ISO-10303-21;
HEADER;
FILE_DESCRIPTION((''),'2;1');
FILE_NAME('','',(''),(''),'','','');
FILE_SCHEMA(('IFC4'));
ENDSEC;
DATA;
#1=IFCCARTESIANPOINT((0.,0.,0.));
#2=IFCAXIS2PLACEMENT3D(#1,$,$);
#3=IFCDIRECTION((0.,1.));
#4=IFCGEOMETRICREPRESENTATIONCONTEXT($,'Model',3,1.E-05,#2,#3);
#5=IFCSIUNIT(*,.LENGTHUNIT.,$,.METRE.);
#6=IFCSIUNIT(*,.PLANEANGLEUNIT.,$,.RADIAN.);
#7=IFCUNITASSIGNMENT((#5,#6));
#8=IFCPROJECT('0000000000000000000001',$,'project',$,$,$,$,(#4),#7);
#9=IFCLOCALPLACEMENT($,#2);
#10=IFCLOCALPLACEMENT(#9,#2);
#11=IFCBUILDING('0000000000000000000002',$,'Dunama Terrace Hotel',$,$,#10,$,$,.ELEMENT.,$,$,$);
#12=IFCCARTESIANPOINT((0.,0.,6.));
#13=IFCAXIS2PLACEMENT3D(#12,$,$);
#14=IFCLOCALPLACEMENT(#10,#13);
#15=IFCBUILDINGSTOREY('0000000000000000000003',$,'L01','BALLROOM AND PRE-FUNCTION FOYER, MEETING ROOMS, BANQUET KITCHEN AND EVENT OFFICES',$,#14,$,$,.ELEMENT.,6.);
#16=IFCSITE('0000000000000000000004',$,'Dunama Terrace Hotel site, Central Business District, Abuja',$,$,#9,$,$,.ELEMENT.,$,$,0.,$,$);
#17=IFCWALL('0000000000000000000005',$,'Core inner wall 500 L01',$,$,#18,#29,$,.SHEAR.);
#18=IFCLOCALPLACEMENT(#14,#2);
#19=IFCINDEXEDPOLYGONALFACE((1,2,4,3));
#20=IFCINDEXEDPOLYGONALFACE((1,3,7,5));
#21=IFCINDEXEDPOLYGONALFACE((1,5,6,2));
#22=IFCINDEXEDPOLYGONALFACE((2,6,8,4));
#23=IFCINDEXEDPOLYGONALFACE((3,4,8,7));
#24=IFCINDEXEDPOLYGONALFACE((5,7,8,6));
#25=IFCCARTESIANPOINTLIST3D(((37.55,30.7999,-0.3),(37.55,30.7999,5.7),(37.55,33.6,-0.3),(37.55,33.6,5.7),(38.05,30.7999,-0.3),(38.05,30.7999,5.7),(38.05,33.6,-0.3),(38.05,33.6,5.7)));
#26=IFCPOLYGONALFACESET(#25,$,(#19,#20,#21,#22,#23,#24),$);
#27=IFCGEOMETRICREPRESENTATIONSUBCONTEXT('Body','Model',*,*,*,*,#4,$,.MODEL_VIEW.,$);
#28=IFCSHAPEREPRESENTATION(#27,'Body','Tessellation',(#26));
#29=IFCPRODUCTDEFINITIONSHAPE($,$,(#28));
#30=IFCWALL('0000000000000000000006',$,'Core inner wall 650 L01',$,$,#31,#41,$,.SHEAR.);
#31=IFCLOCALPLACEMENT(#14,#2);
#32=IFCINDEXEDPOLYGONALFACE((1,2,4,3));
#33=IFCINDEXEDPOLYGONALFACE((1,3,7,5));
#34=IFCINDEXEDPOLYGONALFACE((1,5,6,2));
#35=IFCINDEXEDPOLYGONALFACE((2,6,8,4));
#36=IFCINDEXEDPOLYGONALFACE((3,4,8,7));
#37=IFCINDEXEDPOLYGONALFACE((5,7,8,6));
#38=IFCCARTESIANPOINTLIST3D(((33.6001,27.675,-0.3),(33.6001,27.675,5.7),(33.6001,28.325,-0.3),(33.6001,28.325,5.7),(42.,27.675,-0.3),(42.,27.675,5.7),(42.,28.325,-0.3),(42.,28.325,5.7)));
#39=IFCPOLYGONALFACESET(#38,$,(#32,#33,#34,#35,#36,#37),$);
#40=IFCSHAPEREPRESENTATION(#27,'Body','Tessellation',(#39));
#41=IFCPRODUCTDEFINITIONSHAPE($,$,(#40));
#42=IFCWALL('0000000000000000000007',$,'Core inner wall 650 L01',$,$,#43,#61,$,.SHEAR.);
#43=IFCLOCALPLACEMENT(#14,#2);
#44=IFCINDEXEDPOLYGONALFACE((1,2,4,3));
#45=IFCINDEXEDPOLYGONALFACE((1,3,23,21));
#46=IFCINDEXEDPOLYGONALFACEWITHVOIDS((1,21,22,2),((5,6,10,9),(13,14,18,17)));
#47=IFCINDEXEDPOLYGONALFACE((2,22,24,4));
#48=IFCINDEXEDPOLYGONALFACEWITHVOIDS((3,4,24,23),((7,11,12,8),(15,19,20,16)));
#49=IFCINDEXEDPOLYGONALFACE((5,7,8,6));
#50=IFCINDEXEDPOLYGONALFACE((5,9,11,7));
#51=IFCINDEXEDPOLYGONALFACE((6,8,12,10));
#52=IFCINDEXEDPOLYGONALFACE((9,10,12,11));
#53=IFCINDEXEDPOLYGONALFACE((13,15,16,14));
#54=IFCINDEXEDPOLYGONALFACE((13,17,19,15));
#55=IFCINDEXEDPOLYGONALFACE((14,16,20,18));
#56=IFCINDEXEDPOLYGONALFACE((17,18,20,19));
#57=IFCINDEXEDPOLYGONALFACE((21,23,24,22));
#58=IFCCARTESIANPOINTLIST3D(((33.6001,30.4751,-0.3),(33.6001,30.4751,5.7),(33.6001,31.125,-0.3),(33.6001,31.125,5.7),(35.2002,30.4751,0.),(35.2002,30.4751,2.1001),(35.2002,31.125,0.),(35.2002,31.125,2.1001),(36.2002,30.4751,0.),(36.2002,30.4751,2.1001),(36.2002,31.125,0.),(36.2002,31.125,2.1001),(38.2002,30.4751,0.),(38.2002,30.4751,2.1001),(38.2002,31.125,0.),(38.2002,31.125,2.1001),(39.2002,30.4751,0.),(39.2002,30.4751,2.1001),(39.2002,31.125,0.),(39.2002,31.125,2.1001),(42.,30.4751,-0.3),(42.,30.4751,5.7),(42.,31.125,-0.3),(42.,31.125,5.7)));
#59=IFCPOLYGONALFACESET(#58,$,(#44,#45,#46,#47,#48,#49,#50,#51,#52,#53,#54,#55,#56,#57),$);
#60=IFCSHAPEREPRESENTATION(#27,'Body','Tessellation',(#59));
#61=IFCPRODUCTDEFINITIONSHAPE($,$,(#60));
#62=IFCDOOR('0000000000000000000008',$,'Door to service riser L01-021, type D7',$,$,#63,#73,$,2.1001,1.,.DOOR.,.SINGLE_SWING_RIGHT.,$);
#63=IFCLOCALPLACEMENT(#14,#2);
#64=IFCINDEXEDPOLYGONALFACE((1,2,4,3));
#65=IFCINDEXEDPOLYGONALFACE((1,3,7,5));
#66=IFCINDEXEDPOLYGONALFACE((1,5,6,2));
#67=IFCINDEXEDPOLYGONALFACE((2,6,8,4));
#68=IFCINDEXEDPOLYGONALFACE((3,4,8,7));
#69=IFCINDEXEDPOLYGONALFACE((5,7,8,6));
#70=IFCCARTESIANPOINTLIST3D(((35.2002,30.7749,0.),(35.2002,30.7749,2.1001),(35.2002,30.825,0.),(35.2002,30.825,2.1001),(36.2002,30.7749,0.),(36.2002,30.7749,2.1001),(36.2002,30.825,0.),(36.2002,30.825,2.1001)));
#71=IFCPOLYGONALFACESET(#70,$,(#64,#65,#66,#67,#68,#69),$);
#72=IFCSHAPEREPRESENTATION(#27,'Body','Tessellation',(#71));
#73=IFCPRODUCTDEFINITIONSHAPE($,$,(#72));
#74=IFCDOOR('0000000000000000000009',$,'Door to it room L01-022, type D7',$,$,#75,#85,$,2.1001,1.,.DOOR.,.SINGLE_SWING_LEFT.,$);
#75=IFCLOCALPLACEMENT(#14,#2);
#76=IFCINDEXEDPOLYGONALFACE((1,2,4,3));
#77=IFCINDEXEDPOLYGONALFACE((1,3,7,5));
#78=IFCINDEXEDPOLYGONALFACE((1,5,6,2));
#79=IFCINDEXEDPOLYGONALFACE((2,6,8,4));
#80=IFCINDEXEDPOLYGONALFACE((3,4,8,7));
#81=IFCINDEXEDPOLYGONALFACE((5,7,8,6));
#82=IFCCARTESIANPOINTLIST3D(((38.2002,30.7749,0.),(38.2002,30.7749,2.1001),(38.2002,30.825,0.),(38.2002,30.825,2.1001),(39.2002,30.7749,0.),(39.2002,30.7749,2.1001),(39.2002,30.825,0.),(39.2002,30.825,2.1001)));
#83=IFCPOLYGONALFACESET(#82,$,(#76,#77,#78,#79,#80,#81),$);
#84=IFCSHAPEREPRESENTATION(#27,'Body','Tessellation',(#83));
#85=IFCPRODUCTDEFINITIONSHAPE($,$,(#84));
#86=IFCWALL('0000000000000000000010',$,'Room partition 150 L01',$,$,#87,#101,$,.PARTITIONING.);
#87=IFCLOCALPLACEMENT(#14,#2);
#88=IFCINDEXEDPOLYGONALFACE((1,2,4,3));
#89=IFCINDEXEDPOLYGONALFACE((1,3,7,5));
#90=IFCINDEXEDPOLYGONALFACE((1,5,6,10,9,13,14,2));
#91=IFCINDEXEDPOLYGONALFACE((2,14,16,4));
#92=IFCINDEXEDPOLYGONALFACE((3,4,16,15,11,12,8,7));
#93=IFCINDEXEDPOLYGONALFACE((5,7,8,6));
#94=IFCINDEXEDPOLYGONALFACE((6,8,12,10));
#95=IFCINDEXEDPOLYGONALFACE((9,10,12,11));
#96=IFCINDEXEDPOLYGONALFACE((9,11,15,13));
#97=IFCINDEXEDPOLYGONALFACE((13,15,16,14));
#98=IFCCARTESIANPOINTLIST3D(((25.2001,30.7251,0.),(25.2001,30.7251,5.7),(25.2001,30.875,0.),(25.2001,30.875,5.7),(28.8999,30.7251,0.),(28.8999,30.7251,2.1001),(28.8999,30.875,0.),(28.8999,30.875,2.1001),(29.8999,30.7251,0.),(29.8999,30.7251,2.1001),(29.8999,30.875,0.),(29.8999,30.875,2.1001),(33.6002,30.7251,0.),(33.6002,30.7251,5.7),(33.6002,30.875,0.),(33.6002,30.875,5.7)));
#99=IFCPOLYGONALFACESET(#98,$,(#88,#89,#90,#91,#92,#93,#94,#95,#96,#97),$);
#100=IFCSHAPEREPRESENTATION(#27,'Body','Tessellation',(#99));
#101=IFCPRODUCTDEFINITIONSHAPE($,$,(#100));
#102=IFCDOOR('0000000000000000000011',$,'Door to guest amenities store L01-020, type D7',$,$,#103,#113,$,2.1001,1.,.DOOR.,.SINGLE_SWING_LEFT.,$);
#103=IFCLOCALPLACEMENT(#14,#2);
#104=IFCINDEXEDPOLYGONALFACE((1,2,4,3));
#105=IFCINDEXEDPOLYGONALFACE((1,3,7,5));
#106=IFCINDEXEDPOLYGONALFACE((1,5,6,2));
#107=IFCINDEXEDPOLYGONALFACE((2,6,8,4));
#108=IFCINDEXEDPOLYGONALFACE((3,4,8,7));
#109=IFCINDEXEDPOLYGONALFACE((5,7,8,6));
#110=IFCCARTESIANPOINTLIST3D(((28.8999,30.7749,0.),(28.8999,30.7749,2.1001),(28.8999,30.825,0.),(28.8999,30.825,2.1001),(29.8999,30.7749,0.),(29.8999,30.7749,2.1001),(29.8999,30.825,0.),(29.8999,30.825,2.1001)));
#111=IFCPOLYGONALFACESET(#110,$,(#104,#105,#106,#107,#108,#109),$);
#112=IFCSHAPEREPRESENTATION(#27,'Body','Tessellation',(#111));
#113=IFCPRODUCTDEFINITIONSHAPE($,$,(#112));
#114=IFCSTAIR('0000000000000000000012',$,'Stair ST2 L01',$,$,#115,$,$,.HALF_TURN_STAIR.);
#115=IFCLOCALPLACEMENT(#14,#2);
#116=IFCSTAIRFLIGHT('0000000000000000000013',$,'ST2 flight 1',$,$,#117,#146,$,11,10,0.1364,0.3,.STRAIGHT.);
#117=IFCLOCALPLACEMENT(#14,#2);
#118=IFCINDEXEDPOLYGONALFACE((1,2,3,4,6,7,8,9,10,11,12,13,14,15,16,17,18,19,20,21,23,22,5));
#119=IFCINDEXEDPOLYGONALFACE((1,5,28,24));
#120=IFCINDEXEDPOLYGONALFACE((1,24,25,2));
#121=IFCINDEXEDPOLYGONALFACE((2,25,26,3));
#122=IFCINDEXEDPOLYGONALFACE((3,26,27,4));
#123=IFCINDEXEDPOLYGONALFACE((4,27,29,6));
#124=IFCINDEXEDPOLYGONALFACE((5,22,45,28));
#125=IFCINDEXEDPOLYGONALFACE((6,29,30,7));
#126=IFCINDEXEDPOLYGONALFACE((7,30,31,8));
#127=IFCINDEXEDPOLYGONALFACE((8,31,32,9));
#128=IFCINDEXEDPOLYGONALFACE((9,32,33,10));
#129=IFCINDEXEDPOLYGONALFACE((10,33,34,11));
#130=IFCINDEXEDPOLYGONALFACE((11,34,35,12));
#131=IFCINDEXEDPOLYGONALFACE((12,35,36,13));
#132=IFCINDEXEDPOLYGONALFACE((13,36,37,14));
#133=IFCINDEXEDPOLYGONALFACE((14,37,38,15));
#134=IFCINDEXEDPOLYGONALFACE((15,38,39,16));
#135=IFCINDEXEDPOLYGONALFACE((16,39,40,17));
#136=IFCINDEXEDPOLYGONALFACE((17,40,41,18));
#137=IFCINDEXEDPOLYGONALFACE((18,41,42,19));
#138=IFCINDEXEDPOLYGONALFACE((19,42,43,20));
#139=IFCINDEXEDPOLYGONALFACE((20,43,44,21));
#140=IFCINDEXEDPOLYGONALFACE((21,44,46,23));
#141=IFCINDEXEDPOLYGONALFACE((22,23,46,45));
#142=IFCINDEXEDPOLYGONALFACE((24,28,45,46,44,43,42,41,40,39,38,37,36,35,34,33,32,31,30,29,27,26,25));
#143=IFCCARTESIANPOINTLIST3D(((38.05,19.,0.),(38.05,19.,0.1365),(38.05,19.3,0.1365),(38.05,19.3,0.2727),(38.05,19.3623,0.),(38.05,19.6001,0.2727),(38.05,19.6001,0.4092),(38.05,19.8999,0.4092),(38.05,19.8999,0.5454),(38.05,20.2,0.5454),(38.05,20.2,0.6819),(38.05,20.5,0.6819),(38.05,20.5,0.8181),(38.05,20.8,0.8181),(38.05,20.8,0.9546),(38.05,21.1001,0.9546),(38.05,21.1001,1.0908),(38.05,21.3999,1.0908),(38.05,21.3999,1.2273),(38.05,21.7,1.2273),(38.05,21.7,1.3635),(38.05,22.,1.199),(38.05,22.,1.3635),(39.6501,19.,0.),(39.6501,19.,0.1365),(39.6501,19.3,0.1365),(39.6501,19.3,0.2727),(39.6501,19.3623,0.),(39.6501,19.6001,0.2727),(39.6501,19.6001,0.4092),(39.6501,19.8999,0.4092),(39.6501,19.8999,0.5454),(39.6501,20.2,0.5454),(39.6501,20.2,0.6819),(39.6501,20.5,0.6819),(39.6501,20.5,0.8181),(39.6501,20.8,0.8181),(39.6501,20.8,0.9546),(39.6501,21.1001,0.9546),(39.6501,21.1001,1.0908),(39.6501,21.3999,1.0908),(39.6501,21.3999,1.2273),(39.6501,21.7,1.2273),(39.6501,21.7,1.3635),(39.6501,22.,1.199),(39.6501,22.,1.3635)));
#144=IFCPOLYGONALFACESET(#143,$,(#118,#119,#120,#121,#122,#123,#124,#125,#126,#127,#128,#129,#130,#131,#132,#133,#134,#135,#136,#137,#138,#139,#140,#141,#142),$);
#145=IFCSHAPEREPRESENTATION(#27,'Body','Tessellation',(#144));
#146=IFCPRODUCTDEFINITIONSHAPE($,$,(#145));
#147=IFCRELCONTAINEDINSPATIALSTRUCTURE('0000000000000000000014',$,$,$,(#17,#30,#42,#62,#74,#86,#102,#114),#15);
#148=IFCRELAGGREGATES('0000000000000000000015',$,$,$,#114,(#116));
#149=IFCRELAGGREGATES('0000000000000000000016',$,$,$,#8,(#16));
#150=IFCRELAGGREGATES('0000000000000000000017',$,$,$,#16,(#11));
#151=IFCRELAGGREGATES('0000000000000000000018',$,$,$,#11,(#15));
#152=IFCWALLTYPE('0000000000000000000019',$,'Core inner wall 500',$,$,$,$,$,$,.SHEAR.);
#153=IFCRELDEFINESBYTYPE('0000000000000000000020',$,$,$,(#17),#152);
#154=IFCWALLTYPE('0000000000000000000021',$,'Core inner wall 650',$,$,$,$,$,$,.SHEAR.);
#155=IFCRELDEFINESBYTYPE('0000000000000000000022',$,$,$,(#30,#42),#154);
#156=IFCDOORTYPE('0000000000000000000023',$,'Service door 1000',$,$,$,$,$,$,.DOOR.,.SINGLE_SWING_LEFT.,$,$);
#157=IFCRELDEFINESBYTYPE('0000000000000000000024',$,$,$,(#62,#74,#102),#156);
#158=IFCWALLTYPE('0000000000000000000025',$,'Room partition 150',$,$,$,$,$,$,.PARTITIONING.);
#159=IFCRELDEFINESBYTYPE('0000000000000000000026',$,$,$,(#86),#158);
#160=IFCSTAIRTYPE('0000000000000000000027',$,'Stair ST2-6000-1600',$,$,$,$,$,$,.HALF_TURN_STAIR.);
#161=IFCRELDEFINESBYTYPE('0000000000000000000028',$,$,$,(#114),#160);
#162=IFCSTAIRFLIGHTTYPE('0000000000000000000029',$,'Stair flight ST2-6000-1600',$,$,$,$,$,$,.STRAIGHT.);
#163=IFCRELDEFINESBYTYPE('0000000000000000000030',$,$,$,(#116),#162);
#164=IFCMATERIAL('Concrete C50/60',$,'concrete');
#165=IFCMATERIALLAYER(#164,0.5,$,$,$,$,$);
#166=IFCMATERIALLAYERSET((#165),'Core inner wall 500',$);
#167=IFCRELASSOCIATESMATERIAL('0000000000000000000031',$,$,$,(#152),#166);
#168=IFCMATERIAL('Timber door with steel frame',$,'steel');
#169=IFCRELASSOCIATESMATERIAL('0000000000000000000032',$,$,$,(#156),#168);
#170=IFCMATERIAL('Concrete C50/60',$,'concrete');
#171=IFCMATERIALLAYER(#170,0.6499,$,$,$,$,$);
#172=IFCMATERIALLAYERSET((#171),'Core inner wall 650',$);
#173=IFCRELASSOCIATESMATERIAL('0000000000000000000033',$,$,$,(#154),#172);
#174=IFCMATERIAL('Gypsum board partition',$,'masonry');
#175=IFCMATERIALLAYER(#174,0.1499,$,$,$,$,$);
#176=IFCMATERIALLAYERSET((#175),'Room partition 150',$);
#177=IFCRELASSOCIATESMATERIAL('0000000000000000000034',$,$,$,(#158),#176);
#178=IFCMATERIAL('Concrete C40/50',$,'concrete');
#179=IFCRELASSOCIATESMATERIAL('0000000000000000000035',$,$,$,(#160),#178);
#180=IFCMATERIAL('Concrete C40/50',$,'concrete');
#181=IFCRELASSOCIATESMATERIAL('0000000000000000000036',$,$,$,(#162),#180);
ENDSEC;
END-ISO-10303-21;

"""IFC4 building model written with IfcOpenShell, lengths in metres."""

from ifc_helpers import new_model, si_unit, direction, frame, frame_2d, origin, place, context, subcontext, project, spatial, polyline, rectangle, outline, extrude, material, layer, layer_set, type_object, element, fill, aggregate, save


model = new_model("IFC4")

# Units and contexts
model_context = context("Model", 3, precision=1e-05, world=origin(), true_north=direction((0.0, 1.0)))
body_context = subcontext(model_context, "Body", "Model", "MODEL_VIEW")
ifc_project = project(units=[si_unit("LENGTHUNIT", "METRE"), si_unit("PLANEANGLEUNIT", "RADIAN")], contexts=[model_context])

# Site, building, storey
site_placement = place(None, origin())
site = spatial("IfcSite", under=ifc_project, at=site_placement, Name="Dunama Terrace Hotel site, Central Business District, Abuja", CompositionType="ELEMENT", RefElevation=0.0)
building_placement = place(site_placement, origin())
building = spatial("IfcBuilding", under=site, at=building_placement, Name="Dunama Terrace Hotel", CompositionType="ELEMENT")
storey_placement = place(building_placement, frame((0.0, 0.0, 6.0)))
storey = spatial("IfcBuildingStorey", under=building, at=storey_placement, Name="L01", Description="BALLROOM AND PRE-FUNCTION FOYER, MEETING ROOMS, BANQUET KITCHEN AND EVENT OFFICES", CompositionType="ELEMENT", Elevation=6.0)

# Shared definitions
ifc_material_1 = material(Name="Concrete C50/60", Category="concrete")
ifc_layer_1 = layer(ifc_material_1, 0.5)
ifc_layer_set_1 = layer_set([ifc_layer_1], Name="Core inner wall 500")
wall_type_1 = type_object("IfcWallType", Name="Core inner wall 500", PredefinedType="SHEAR", material=ifc_layer_set_1)

# Shared definitions
ifc_material_2 = material(Name="Timber door with steel frame", Category="steel")
door_type_1 = type_object("IfcDoorType", Name="Service door 1000", OperationType="SINGLE_SWING_LEFT", PredefinedType="DOOR", material=ifc_material_2)

# Walls
wall_1_placement = place(storey_placement, frame((37.8, 30.8, -0.3), z_axis=(0.0, 0.0, 1.0), x_axis=(0.0, 1.0, 0.0)))
element("IfcWall", 1, at=wall_1_placement, inside=storey, type_object=wall_type_1, Name="Core inner wall 500 L01", PredefinedType="SHEAR", context=body_context, shape_type="SweptSolid", body=[
    extrude(rectangle(XDim=2.8, YDim=0.5, at=frame_2d((1.3999, 0.0))), origin(), (0.0, 0.0, 1.0), 6.0),
])
ifc_material_3 = material(Name="Concrete C50/60", Category="concrete")
ifc_layer_2 = layer(ifc_material_3, 0.6499)
ifc_layer_set_2 = layer_set([ifc_layer_2], Name="Core inner wall 650")
wall_type_2 = type_object("IfcWallType", Name="Core inner wall 650", PredefinedType="SHEAR", material=ifc_layer_set_2)
wall_2_placement = place(storey_placement, frame((33.6001, 28.0, -0.3), z_axis=(0.0, 0.0, 1.0), x_axis=(1.0, 0.0, 0.0)))
element("IfcWall", 2, at=wall_2_placement, inside=storey, type_object=wall_type_2, Name="Core inner wall 650 L01", PredefinedType="SHEAR", context=body_context, shape_type="SweptSolid", body=[
    extrude(rectangle(XDim=8.3999, YDim=0.6499, at=frame_2d((4.2, 0.0))), origin(), (0.0, 0.0, 1.0), 6.0),
])

# Wall, openings, doors
wall_3_placement = place(storey_placement, frame((33.6001, 30.8, -0.3), z_axis=(0.0, 0.0, 1.0), x_axis=(1.0, 0.0, 0.0)))
wall_3 = element("IfcWall", 3, at=wall_3_placement, inside=storey, type_object=wall_type_2, Name="Core inner wall 650 L01", PredefinedType="SHEAR", context=body_context, shape_type="SweptSolid", body=[
    extrude(rectangle(XDim=8.3999, YDim=0.6499, at=frame_2d((4.2, 0.0))), origin(), (0.0, 0.0, 1.0), 6.0),
])
opening_1_placement = place(wall_3_placement, frame((1.6001, 0.0, 0.3)))
opening_1 = element("IfcOpeningElement", 4, at=opening_1_placement, cuts=wall_3, PredefinedType="OPENING", context=body_context, shape_type="SweptSolid", body=[
    extrude(rectangle(XDim=1.0, YDim=2.1001, at=frame_2d((0.5, 1.05))), frame((0.0, 0.335, 0.0), z_axis=(0.0, -1.0, 0.0), x_axis=(1.0, 0.0, 0.0)), (0.0, 0.0, 1.0), 0.6699),
])
opening_2_placement = place(wall_3_placement, frame((4.6001, 0.0, 0.3)))
opening_2 = element("IfcOpeningElement", 5, at=opening_2_placement, cuts=wall_3, PredefinedType="OPENING", context=body_context, shape_type="SweptSolid", body=[
    extrude(rectangle(XDim=1.0, YDim=2.1001, at=frame_2d((0.5, 1.05))), frame((0.0, 0.335, 0.0), z_axis=(0.0, -1.0, 0.0), x_axis=(1.0, 0.0, 0.0)), (0.0, 0.0, 1.0), 0.6699),
])
door_1_placement = place(opening_1_placement, origin())
door_1 = element("IfcDoor", 6, at=door_1_placement, inside=storey, type_object=door_type_1, Name="Door to service riser L01-021, type D7", OperationType="SINGLE_SWING_RIGHT", OverallHeight=2.1001, OverallWidth=1.0, PredefinedType="DOOR", context=body_context, shape_type="SweptSolid", body=[
    extrude(rectangle(XDim=1.0, YDim=2.1001, at=frame_2d((0.5, 1.05))), frame((0.0, 0.0249, 0.0), z_axis=(0.0, -1.0, 0.0), x_axis=(1.0, 0.0, 0.0)), (0.0, 0.0, 1.0), 0.05),
])
fill(opening_1, door_1)
door_2_placement = place(opening_2_placement, origin())
door_2 = element("IfcDoor", 7, at=door_2_placement, inside=storey, type_object=door_type_1, Name="Door to it room L01-022, type D7", OperationType="SINGLE_SWING_LEFT", OverallHeight=2.1001, OverallWidth=1.0, PredefinedType="DOOR", context=body_context, shape_type="SweptSolid", body=[
    extrude(rectangle(XDim=1.0, YDim=2.1001, at=frame_2d((0.5, 1.05))), frame((0.0, 0.0249, 0.0), z_axis=(0.0, -1.0, 0.0), x_axis=(1.0, 0.0, 0.0)), (0.0, 0.0, 1.0), 0.05),
])
fill(opening_2, door_2)

# Wall, opening, door
ifc_material_4 = material(Name="Gypsum board partition", Category="masonry")
ifc_layer_3 = layer(ifc_material_4, 0.1499)
ifc_layer_set_3 = layer_set([ifc_layer_3], Name="Room partition 150")
wall_type_3 = type_object("IfcWallType", Name="Room partition 150", PredefinedType="PARTITIONING", material=ifc_layer_set_3)
wall_4_placement = place(storey_placement, frame((25.2, 30.8, 0.0), z_axis=(0.0, 0.0, 1.0), x_axis=(1.0, 0.0, 0.0)))
wall_4 = element("IfcWall", 8, at=wall_4_placement, inside=storey, type_object=wall_type_3, Name="Room partition 150 L01", PredefinedType="PARTITIONING", context=body_context, shape_type="SweptSolid", body=[
    extrude(rectangle(XDim=8.4001, YDim=0.1499, at=frame_2d((4.2002, 0.0))), origin(), (0.0, 0.0, 1.0), 5.7),
])
opening_3_placement = place(wall_4_placement, frame((3.7, 0.0, 0.0)))
opening_3 = element("IfcOpeningElement", 9, at=opening_3_placement, cuts=wall_4, PredefinedType="OPENING", context=body_context, shape_type="SweptSolid", body=[
    extrude(rectangle(XDim=1.0, YDim=2.1001, at=frame_2d((0.5, 1.05))), frame((0.0, 0.085, 0.0), z_axis=(0.0, -1.0, 0.0), x_axis=(1.0, 0.0, 0.0)), (0.0, 0.0, 1.0), 0.1699),
])
door_3_placement = place(opening_3_placement, origin())
door_3 = element("IfcDoor", 10, at=door_3_placement, inside=storey, type_object=door_type_1, Name="Door to guest amenities store L01-020, type D7", OperationType="SINGLE_SWING_LEFT", OverallHeight=2.1001, OverallWidth=1.0, PredefinedType="DOOR", context=body_context, shape_type="SweptSolid", body=[
    extrude(rectangle(XDim=1.0, YDim=2.1001, at=frame_2d((0.5, 1.05))), frame((0.0, 0.0249, 0.0), z_axis=(0.0, -1.0, 0.0), x_axis=(1.0, 0.0, 0.0)), (0.0, 0.0, 1.0), 0.05),
])
fill(opening_3, door_3)

# Stair, stair flight
ifc_material_5 = material(Name="Concrete C40/50", Category="concrete")
stair_type = type_object("IfcStairType", Name="Stair ST2-6000-1600", PredefinedType="HALF_TURN_STAIR", material=ifc_material_5)
stair_placement = place(storey_placement, origin())
stair = element("IfcStair", 11, at=stair_placement, inside=storey, type_object=stair_type, Name="Stair ST2 L01", PredefinedType="HALF_TURN_STAIR")
ifc_material_6 = material(Name="Concrete C40/50", Category="concrete")
stair_flight_type = type_object("IfcStairFlightType", Name="Stair flight ST2-6000-1600", PredefinedType="STRAIGHT", material=ifc_material_6)
stair_flight_1_placement = place(storey_placement, frame((38.8501, 19.0, 0.0), z_axis=(0.0, 0.0, 1.0), x_axis=(0.0, 1.0, 0.0)))
stair_flight_1 = element("IfcStairFlight", 12, at=stair_flight_1_placement, type_object=stair_flight_type, Name="ST2 flight 1", NumberOfRisers=11, NumberOfTreads=10, PredefinedType="STRAIGHT", RiserHeight=0.1364, TreadLength=0.3, context=body_context, shape_type="SweptSolid", body=[
    extrude(outline(polyline([(0.0, 0.0), (0.0, 0.1365), (0.3, 0.1365), (0.3, 0.2727), (0.6001, 0.2727), (0.6001, 0.4092), (0.8999, 0.4092), (0.8999, 0.5454), (1.2, 0.5454), (1.2, 0.6819), (1.5, 0.6819), (1.5, 0.8181), (1.8, 0.8181), (1.8, 0.9546), (2.1001, 0.9546), (2.1001, 1.0908), (2.3999, 1.0908), (2.3999, 1.2273), (2.7, 1.2273), (2.7, 1.3635), (3.0, 1.3635), (3.0, 1.5), (3.0, 1.199), (0.3623, 0.0), (0.0, 0.0)])), frame((0.0, 0.8, 0.0), z_axis=(0.0, -1.0, 0.0), x_axis=(1.0, 0.0, 0.0)), (0.0, 0.0, 1.0), 1.6001),
])
aggregate(stair, [stair_flight_1])

save(model, "model.ifc")
